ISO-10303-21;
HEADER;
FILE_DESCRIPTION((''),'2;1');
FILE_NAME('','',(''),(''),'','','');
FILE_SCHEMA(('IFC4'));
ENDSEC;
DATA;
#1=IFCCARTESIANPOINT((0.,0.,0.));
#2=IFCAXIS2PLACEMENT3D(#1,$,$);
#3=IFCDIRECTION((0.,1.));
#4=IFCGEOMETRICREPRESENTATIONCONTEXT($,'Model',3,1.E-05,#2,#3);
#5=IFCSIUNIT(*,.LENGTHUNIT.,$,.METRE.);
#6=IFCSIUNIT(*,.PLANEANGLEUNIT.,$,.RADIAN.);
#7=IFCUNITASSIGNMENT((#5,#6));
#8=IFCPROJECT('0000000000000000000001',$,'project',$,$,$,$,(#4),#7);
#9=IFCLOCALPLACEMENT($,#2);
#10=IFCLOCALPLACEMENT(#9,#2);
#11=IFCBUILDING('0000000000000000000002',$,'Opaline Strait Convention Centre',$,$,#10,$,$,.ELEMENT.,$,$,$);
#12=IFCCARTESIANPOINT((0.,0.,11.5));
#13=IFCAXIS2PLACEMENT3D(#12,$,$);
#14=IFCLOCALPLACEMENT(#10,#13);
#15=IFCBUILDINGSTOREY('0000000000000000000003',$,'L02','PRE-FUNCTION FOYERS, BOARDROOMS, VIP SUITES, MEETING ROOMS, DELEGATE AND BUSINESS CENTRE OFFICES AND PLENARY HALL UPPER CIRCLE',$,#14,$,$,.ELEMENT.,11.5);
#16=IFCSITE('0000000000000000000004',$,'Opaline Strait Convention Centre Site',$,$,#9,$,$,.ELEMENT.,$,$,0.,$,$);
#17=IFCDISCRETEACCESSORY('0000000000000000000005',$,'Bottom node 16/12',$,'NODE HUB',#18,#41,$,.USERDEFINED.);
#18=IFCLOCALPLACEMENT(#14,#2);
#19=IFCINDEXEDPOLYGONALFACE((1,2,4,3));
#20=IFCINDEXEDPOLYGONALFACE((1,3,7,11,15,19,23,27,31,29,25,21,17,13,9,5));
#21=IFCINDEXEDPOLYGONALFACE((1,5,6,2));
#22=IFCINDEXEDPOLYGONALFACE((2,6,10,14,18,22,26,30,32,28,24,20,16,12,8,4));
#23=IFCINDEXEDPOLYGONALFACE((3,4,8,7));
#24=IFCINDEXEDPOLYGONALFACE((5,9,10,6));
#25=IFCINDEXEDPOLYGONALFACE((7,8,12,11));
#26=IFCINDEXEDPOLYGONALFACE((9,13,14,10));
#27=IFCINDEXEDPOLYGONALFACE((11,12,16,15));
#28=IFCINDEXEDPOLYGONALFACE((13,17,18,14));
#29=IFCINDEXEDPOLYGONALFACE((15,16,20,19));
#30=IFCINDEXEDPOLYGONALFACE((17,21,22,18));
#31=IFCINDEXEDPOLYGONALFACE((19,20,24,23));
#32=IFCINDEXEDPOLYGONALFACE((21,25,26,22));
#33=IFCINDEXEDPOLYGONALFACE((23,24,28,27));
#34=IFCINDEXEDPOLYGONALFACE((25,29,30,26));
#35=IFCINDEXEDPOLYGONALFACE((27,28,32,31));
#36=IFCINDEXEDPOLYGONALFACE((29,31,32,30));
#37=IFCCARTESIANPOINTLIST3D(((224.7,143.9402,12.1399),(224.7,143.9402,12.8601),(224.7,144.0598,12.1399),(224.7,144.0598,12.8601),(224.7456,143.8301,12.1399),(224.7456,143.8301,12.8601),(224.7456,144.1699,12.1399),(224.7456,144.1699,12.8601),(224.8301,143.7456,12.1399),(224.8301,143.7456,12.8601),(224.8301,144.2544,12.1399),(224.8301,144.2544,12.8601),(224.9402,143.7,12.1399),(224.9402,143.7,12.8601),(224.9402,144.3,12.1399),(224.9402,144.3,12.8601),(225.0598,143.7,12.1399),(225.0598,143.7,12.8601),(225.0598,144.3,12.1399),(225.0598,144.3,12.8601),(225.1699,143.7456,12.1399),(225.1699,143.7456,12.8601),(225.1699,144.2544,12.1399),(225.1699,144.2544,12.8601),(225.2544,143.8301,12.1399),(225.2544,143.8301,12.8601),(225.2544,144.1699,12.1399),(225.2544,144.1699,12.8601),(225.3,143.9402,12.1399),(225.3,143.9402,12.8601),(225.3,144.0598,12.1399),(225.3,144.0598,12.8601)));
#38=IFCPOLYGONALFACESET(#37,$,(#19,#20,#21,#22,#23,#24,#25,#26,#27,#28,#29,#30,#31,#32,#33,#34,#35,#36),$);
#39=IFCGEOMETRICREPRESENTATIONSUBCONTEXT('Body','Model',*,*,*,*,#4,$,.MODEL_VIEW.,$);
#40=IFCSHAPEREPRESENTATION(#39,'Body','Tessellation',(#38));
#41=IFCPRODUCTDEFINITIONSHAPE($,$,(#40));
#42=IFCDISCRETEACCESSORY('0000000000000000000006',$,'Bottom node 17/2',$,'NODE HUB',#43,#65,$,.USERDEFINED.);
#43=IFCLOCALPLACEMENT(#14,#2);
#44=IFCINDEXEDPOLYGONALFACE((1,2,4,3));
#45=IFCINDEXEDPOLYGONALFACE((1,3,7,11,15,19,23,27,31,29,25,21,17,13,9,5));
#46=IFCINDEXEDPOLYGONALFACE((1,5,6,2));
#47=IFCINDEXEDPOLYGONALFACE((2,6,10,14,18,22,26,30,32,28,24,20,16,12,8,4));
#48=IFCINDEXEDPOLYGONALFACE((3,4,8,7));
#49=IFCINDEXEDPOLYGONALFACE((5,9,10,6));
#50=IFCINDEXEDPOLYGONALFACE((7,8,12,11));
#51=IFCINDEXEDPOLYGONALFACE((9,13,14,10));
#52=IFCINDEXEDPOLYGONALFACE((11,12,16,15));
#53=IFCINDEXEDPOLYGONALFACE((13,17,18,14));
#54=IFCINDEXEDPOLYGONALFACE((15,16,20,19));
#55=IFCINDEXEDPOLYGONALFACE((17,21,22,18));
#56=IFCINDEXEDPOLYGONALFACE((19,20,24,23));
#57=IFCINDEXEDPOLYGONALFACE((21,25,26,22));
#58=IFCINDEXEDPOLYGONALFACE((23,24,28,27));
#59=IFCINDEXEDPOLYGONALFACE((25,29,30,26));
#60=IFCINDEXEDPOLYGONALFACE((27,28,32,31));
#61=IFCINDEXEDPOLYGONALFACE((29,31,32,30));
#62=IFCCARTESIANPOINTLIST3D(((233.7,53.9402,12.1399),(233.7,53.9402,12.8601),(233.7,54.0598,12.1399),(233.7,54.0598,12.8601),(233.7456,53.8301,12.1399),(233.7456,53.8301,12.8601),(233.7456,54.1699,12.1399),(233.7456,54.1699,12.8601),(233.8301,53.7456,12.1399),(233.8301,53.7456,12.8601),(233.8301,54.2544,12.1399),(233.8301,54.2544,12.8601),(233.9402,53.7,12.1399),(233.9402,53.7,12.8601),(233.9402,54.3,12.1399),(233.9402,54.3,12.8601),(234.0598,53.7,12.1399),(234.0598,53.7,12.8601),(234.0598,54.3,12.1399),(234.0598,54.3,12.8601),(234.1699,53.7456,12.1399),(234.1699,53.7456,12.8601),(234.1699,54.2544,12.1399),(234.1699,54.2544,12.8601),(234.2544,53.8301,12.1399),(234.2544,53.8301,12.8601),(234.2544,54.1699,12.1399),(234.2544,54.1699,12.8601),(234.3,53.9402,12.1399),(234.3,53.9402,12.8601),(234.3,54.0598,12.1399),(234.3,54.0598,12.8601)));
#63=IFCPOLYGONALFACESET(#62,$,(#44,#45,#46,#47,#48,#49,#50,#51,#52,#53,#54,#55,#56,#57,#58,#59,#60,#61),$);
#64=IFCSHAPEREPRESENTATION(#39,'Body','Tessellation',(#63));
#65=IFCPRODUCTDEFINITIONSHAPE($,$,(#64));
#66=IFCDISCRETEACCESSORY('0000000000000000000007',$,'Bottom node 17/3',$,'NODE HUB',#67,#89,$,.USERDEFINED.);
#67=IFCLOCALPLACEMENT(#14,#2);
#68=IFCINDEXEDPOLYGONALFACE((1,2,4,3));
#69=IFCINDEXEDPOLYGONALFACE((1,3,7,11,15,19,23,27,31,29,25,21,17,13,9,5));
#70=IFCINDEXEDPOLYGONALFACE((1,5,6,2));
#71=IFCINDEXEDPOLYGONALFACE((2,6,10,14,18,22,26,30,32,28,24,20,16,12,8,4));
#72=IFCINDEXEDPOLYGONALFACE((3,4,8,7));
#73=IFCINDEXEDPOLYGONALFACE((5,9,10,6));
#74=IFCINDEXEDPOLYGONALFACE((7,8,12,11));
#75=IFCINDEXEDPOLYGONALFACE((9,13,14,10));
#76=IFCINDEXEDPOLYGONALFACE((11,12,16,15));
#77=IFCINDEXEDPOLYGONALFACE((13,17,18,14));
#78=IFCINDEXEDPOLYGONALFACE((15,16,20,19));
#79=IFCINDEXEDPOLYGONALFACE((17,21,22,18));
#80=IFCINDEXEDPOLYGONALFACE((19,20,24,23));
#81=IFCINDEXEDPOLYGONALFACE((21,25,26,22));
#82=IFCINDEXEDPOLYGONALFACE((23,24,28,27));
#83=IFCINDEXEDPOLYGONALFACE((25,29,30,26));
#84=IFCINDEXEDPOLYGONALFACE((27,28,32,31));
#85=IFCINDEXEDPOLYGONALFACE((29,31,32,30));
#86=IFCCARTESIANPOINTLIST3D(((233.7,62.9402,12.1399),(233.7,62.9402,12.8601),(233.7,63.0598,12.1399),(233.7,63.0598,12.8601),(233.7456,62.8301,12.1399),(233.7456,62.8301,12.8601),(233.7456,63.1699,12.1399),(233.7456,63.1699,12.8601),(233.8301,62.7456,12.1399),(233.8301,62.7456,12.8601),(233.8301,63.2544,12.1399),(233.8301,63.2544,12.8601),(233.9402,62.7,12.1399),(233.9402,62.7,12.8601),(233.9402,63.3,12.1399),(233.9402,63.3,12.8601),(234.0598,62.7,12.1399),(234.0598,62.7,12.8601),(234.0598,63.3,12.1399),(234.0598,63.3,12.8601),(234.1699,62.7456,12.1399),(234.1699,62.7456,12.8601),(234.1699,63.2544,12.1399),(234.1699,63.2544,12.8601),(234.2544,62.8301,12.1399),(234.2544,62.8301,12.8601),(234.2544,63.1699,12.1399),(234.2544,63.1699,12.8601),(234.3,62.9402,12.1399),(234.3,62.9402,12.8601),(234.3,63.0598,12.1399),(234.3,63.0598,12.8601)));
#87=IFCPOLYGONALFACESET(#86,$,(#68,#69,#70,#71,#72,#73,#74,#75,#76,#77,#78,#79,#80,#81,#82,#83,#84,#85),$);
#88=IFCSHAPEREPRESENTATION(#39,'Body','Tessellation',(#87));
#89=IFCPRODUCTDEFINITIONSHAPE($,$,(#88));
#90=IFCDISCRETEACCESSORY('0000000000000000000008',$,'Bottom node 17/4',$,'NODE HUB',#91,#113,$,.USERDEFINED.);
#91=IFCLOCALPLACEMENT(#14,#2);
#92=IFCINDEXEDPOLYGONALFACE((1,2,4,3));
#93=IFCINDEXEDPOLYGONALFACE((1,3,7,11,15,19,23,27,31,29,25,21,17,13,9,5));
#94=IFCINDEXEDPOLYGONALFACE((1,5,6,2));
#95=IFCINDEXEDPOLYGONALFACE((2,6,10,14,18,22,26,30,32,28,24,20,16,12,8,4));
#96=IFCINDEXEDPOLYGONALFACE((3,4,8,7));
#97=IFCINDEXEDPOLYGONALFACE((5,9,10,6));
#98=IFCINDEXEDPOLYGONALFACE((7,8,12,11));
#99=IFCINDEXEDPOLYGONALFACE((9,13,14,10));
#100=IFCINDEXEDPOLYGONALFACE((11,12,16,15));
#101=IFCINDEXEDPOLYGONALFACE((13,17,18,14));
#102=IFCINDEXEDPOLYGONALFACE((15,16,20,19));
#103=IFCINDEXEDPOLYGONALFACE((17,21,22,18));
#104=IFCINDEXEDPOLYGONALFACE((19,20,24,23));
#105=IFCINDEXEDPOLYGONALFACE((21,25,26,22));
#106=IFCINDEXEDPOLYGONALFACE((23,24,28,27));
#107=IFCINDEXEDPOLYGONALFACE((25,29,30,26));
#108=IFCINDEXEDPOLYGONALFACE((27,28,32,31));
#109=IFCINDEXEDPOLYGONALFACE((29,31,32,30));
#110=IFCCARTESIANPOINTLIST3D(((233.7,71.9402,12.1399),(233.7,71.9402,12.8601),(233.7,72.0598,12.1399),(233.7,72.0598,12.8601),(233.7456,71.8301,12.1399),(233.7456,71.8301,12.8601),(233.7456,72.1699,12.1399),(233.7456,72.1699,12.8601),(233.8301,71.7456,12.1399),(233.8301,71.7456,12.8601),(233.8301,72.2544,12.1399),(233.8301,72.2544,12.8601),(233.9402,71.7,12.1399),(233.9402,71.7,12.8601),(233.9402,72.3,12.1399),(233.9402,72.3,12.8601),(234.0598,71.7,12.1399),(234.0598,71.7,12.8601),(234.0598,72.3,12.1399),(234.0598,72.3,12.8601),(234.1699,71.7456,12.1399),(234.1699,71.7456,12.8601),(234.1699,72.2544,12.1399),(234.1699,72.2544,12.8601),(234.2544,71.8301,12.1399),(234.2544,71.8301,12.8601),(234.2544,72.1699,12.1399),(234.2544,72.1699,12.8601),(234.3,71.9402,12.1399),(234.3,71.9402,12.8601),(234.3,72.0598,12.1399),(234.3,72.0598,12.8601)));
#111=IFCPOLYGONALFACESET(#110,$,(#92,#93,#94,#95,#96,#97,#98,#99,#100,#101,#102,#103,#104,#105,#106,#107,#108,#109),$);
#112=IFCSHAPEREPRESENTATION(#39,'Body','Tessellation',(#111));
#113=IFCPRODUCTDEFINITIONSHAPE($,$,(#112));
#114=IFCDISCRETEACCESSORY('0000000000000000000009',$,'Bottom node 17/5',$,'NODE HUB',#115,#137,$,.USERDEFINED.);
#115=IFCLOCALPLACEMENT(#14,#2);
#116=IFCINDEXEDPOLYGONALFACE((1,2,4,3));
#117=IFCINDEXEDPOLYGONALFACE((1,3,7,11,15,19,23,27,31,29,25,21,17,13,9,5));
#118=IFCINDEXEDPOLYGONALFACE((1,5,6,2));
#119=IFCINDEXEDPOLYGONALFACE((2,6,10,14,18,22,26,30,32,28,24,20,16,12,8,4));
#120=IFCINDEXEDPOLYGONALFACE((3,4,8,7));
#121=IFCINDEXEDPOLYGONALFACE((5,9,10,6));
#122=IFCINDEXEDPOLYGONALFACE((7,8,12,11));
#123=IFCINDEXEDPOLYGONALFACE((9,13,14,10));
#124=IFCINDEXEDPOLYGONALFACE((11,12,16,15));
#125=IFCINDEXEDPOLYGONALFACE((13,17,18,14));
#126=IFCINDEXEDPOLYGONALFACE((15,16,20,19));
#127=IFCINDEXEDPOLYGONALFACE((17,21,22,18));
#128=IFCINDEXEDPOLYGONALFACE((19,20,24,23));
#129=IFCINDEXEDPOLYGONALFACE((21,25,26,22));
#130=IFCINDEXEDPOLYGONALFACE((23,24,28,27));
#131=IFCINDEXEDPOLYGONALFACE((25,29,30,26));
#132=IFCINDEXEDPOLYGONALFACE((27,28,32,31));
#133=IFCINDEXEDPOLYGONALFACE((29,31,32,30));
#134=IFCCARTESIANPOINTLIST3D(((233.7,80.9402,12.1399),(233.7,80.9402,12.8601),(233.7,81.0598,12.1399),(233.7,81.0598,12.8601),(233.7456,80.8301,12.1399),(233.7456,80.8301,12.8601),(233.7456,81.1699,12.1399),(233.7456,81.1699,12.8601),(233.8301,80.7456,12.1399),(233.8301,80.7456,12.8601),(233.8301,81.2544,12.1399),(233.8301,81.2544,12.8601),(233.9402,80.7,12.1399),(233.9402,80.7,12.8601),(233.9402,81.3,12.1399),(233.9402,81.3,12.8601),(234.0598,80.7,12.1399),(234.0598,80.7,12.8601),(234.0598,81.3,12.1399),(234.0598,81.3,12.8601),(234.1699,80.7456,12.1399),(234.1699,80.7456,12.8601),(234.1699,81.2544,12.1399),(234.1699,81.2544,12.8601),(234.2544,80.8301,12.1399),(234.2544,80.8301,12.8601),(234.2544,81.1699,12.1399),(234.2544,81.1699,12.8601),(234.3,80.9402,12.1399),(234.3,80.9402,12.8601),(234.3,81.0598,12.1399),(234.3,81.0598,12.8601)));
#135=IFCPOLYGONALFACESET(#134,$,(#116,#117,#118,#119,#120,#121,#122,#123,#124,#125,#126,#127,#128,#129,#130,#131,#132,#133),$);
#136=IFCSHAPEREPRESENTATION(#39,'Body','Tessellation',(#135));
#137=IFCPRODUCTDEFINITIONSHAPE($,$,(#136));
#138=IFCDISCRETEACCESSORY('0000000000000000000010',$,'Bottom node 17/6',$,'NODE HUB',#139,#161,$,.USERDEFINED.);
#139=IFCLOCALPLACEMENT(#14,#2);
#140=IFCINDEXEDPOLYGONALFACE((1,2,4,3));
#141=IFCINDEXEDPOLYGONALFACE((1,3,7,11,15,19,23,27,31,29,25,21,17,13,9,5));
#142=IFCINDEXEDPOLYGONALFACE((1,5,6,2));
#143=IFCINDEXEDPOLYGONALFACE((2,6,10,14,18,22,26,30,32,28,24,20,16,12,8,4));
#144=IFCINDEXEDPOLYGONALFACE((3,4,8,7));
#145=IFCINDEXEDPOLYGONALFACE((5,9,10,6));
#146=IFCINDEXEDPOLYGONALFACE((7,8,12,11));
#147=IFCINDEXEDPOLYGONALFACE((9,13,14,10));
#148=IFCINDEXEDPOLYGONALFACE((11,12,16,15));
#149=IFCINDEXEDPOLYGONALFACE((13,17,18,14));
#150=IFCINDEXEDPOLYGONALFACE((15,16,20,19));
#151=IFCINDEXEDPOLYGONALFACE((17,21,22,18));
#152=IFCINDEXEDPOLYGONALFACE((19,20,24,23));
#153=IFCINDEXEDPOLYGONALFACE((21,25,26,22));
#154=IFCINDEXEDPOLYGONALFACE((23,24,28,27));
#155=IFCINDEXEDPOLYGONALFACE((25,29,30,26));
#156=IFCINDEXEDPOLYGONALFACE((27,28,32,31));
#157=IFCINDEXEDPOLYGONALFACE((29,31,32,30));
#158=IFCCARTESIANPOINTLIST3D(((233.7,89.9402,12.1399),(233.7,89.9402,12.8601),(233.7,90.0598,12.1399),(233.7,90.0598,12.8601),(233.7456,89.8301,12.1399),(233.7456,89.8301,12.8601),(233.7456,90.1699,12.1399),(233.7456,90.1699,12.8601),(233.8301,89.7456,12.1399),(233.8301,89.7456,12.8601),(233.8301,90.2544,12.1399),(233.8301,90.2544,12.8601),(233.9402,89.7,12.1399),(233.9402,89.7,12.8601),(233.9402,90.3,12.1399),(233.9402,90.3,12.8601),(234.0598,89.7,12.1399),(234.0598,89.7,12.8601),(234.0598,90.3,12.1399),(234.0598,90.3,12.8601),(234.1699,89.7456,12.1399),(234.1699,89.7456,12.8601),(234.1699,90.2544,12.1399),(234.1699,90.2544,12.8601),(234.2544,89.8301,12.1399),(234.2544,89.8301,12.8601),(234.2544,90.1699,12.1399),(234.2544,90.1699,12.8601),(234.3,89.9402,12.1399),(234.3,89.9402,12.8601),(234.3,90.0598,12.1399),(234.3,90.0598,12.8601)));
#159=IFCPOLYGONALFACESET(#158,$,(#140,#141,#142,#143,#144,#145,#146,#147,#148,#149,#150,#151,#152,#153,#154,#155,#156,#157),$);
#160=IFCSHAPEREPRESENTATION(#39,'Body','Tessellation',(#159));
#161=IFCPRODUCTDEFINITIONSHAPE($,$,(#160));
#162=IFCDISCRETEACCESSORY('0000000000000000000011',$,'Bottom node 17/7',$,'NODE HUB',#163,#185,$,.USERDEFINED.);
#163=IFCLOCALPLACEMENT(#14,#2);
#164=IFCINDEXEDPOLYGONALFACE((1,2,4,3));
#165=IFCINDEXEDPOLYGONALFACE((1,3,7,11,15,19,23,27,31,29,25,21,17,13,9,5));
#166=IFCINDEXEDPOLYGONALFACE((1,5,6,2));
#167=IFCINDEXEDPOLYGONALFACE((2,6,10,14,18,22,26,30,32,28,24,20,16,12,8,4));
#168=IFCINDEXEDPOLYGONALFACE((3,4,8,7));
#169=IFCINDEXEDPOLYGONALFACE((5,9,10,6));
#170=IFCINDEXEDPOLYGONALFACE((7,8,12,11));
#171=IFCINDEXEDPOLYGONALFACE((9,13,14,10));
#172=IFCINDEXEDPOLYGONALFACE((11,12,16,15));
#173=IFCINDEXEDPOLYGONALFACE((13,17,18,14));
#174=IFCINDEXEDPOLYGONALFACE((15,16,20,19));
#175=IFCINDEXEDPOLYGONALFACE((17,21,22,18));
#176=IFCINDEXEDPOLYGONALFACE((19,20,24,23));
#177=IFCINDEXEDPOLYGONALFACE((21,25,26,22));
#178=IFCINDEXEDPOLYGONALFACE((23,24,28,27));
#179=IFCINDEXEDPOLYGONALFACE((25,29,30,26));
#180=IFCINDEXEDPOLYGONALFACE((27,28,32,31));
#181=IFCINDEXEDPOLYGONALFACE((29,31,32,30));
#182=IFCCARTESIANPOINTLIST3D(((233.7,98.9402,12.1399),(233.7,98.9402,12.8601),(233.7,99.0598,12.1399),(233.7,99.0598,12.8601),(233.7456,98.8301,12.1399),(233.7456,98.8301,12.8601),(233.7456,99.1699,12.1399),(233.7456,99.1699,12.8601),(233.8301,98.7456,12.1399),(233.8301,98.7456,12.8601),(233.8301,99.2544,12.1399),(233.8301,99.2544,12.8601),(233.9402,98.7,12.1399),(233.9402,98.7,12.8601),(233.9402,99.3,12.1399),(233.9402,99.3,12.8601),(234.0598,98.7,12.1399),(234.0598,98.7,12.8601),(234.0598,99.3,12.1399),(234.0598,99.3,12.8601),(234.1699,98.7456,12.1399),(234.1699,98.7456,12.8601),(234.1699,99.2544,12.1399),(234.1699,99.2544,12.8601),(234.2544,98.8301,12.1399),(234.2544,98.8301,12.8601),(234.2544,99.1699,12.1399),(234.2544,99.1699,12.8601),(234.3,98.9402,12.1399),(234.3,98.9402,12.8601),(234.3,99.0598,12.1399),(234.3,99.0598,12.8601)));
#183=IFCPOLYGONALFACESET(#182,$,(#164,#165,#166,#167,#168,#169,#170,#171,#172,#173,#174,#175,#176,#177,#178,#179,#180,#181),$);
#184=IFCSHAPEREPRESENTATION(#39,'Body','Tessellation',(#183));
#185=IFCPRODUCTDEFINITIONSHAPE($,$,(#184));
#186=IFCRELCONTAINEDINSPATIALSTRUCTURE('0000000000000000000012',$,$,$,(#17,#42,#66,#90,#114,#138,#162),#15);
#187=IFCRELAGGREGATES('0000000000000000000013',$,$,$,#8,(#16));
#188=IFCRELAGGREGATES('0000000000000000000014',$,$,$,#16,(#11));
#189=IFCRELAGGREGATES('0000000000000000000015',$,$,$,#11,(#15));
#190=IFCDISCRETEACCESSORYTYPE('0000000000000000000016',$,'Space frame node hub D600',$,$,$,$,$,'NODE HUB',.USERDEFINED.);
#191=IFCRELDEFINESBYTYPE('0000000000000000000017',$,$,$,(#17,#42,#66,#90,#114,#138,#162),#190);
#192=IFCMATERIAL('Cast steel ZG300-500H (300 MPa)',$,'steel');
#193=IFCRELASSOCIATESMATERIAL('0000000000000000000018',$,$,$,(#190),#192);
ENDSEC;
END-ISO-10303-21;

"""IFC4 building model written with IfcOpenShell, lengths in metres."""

from ifc_helpers import new_model, si_unit, direction, frame, origin, place, context, subcontext, project, spatial, polyline, outline, extrude, material, type_object, element, save


model = new_model("IFC4")

# Units and contexts
model_context = context("Model", 3, precision=1e-05, world=origin(), true_north=direction((0.0, 1.0)))
body_context = subcontext(model_context, "Body", "Model", "MODEL_VIEW")
ifc_project = project(units=[si_unit("LENGTHUNIT", "METRE"), si_unit("PLANEANGLEUNIT", "RADIAN")], contexts=[model_context])

# Site, building, storey
site_placement = place(None, origin())
site = spatial("IfcSite", under=ifc_project, at=site_placement, Name="Opaline Strait Convention Centre Site", CompositionType="ELEMENT", RefElevation=0.0)
building_placement = place(site_placement, origin())
building = spatial("IfcBuilding", under=site, at=building_placement, Name="Opaline Strait Convention Centre", CompositionType="ELEMENT")
storey_placement = place(building_placement, frame((0.0, 0.0, 11.5)))
storey = spatial("IfcBuildingStorey", under=building, at=storey_placement, Name="L02", Description="PRE-FUNCTION FOYERS, BOARDROOMS, VIP SUITES, MEETING ROOMS, DELEGATE AND BUSINESS CENTRE OFFICES AND PLENARY HALL UPPER CIRCLE", CompositionType="ELEMENT", Elevation=11.5)

# Discrete accessories
ifc_material = material(Name="Cast steel ZG300-500H (300 MPa)", Category="steel")
discrete_accessory_type_1 = type_object("IfcDiscreteAccessoryType", Name="Space frame node hub D600", ElementType="NODE HUB", PredefinedType="USERDEFINED", material=ifc_material)
discrete_accessory_1_placement = place(storey_placement, frame((0.0, 0.0, 12.1399)))
element("IfcDiscreteAccessory", 1, at=discrete_accessory_1_placement, inside=storey, type_object=discrete_accessory_type_1, Name="Bottom node 16/12", ObjectType="NODE HUB", PredefinedType="USERDEFINED", context=body_context, shape_type="SweptSolid", body=[
    extrude(outline(polyline([(225.3, 144.0598), (225.2544, 144.1699), (225.1699, 144.2544), (225.0598, 144.3), (224.9402, 144.3), (224.8301, 144.2544), (224.7456, 144.1699), (224.7, 144.0598), (224.7, 143.9402), (224.7456, 143.8301), (224.8301, 143.7456), (224.9402, 143.7), (225.0598, 143.7), (225.1699, 143.7456), (225.2544, 143.8301), (225.3, 143.9402), (225.3, 144.0598)])), origin(), (0.0, 0.0, 1.0), 0.7202),
])
discrete_accessory_2_placement = place(storey_placement, frame((0.0, 0.0, 12.1399)))
element("IfcDiscreteAccessory", 2, at=discrete_accessory_2_placement, inside=storey, type_object=discrete_accessory_type_1, Name="Bottom node 17/2", ObjectType="NODE HUB", PredefinedType="USERDEFINED", context=body_context, shape_type="SweptSolid", body=[
    extrude(outline(polyline([(234.3, 54.0598), (234.2544, 54.1699), (234.1699, 54.2544), (234.0598, 54.3), (233.9402, 54.3), (233.8301, 54.2544), (233.7456, 54.1699), (233.7, 54.0598), (233.7, 53.9402), (233.7456, 53.8301), (233.8301, 53.7456), (233.9402, 53.7), (234.0598, 53.7), (234.1699, 53.7456), (234.2544, 53.8301), (234.3, 53.9402), (234.3, 54.0598)])), origin(), (0.0, 0.0, 1.0), 0.7202),
])
discrete_accessory_3_placement = place(storey_placement, frame((0.0, 0.0, 12.1399)))
element("IfcDiscreteAccessory", 3, at=discrete_accessory_3_placement, inside=storey, type_object=discrete_accessory_type_1, Name="Bottom node 17/3", ObjectType="NODE HUB", PredefinedType="USERDEFINED", context=body_context, shape_type="SweptSolid", body=[
    extrude(outline(polyline([(234.3, 63.0598), (234.2544, 63.1699), (234.1699, 63.2544), (234.0598, 63.3), (233.9402, 63.3), (233.8301, 63.2544), (233.7456, 63.1699), (233.7, 63.0598), (233.7, 62.9402), (233.7456, 62.8301), (233.8301, 62.7456), (233.9402, 62.7), (234.0598, 62.7), (234.1699, 62.7456), (234.2544, 62.8301), (234.3, 62.9402), (234.3, 63.0598)])), origin(), (0.0, 0.0, 1.0), 0.7202),
])
discrete_accessory_4_placement = place(storey_placement, frame((0.0, 0.0, 12.1399)))
element("IfcDiscreteAccessory", 4, at=discrete_accessory_4_placement, inside=storey, type_object=discrete_accessory_type_1, Name="Bottom node 17/4", ObjectType="NODE HUB", PredefinedType="USERDEFINED", context=body_context, shape_type="SweptSolid", body=[
    extrude(outline(polyline([(234.3, 72.0598), (234.2544, 72.1699), (234.1699, 72.2544), (234.0598, 72.3), (233.9402, 72.3), (233.8301, 72.2544), (233.7456, 72.1699), (233.7, 72.0598), (233.7, 71.9402), (233.7456, 71.8301), (233.8301, 71.7456), (233.9402, 71.7), (234.0598, 71.7), (234.1699, 71.7456), (234.2544, 71.8301), (234.3, 71.9402), (234.3, 72.0598)])), origin(), (0.0, 0.0, 1.0), 0.7202),
])
discrete_accessory_5_placement = place(storey_placement, frame((0.0, 0.0, 12.1399)))
element("IfcDiscreteAccessory", 5, at=discrete_accessory_5_placement, inside=storey, type_object=discrete_accessory_type_1, Name="Bottom node 17/5", ObjectType="NODE HUB", PredefinedType="USERDEFINED", context=body_context, shape_type="SweptSolid", body=[
    extrude(outline(polyline([(234.3, 81.0598), (234.2544, 81.1699), (234.1699, 81.2544), (234.0598, 81.3), (233.9402, 81.3), (233.8301, 81.2544), (233.7456, 81.1699), (233.7, 81.0598), (233.7, 80.9402), (233.7456, 80.8301), (233.8301, 80.7456), (233.9402, 80.7), (234.0598, 80.7), (234.1699, 80.7456), (234.2544, 80.8301), (234.3, 80.9402), (234.3, 81.0598)])), origin(), (0.0, 0.0, 1.0), 0.7202),
])
discrete_accessory_6_placement = place(storey_placement, frame((0.0, 0.0, 12.1399)))
element("IfcDiscreteAccessory", 6, at=discrete_accessory_6_placement, inside=storey, type_object=discrete_accessory_type_1, Name="Bottom node 17/6", ObjectType="NODE HUB", PredefinedType="USERDEFINED", context=body_context, shape_type="SweptSolid", body=[
    extrude(outline(polyline([(234.3, 90.0598), (234.2544, 90.1699), (234.1699, 90.2544), (234.0598, 90.3), (233.9402, 90.3), (233.8301, 90.2544), (233.7456, 90.1699), (233.7, 90.0598), (233.7, 89.9402), (233.7456, 89.8301), (233.8301, 89.7456), (233.9402, 89.7), (234.0598, 89.7), (234.1699, 89.7456), (234.2544, 89.8301), (234.3, 89.9402), (234.3, 90.0598)])), origin(), (0.0, 0.0, 1.0), 0.7202),
])
discrete_accessory_7_placement = place(storey_placement, frame((0.0, 0.0, 12.1399)))
element("IfcDiscreteAccessory", 7, at=discrete_accessory_7_placement, inside=storey, type_object=discrete_accessory_type_1, Name="Bottom node 17/7", ObjectType="NODE HUB", PredefinedType="USERDEFINED", context=body_context, shape_type="SweptSolid", body=[
    extrude(outline(polyline([(234.3, 99.0598), (234.2544, 99.1699), (234.1699, 99.2544), (234.0598, 99.3), (233.9402, 99.3), (233.8301, 99.2544), (233.7456, 99.1699), (233.7, 99.0598), (233.7, 98.9402), (233.7456, 98.8301), (233.8301, 98.7456), (233.9402, 98.7), (234.0598, 98.7), (234.1699, 98.7456), (234.2544, 98.8301), (234.3, 98.9402), (234.3, 99.0598)])), origin(), (0.0, 0.0, 1.0), 0.7202),
])

save(model, "model.ifc")
